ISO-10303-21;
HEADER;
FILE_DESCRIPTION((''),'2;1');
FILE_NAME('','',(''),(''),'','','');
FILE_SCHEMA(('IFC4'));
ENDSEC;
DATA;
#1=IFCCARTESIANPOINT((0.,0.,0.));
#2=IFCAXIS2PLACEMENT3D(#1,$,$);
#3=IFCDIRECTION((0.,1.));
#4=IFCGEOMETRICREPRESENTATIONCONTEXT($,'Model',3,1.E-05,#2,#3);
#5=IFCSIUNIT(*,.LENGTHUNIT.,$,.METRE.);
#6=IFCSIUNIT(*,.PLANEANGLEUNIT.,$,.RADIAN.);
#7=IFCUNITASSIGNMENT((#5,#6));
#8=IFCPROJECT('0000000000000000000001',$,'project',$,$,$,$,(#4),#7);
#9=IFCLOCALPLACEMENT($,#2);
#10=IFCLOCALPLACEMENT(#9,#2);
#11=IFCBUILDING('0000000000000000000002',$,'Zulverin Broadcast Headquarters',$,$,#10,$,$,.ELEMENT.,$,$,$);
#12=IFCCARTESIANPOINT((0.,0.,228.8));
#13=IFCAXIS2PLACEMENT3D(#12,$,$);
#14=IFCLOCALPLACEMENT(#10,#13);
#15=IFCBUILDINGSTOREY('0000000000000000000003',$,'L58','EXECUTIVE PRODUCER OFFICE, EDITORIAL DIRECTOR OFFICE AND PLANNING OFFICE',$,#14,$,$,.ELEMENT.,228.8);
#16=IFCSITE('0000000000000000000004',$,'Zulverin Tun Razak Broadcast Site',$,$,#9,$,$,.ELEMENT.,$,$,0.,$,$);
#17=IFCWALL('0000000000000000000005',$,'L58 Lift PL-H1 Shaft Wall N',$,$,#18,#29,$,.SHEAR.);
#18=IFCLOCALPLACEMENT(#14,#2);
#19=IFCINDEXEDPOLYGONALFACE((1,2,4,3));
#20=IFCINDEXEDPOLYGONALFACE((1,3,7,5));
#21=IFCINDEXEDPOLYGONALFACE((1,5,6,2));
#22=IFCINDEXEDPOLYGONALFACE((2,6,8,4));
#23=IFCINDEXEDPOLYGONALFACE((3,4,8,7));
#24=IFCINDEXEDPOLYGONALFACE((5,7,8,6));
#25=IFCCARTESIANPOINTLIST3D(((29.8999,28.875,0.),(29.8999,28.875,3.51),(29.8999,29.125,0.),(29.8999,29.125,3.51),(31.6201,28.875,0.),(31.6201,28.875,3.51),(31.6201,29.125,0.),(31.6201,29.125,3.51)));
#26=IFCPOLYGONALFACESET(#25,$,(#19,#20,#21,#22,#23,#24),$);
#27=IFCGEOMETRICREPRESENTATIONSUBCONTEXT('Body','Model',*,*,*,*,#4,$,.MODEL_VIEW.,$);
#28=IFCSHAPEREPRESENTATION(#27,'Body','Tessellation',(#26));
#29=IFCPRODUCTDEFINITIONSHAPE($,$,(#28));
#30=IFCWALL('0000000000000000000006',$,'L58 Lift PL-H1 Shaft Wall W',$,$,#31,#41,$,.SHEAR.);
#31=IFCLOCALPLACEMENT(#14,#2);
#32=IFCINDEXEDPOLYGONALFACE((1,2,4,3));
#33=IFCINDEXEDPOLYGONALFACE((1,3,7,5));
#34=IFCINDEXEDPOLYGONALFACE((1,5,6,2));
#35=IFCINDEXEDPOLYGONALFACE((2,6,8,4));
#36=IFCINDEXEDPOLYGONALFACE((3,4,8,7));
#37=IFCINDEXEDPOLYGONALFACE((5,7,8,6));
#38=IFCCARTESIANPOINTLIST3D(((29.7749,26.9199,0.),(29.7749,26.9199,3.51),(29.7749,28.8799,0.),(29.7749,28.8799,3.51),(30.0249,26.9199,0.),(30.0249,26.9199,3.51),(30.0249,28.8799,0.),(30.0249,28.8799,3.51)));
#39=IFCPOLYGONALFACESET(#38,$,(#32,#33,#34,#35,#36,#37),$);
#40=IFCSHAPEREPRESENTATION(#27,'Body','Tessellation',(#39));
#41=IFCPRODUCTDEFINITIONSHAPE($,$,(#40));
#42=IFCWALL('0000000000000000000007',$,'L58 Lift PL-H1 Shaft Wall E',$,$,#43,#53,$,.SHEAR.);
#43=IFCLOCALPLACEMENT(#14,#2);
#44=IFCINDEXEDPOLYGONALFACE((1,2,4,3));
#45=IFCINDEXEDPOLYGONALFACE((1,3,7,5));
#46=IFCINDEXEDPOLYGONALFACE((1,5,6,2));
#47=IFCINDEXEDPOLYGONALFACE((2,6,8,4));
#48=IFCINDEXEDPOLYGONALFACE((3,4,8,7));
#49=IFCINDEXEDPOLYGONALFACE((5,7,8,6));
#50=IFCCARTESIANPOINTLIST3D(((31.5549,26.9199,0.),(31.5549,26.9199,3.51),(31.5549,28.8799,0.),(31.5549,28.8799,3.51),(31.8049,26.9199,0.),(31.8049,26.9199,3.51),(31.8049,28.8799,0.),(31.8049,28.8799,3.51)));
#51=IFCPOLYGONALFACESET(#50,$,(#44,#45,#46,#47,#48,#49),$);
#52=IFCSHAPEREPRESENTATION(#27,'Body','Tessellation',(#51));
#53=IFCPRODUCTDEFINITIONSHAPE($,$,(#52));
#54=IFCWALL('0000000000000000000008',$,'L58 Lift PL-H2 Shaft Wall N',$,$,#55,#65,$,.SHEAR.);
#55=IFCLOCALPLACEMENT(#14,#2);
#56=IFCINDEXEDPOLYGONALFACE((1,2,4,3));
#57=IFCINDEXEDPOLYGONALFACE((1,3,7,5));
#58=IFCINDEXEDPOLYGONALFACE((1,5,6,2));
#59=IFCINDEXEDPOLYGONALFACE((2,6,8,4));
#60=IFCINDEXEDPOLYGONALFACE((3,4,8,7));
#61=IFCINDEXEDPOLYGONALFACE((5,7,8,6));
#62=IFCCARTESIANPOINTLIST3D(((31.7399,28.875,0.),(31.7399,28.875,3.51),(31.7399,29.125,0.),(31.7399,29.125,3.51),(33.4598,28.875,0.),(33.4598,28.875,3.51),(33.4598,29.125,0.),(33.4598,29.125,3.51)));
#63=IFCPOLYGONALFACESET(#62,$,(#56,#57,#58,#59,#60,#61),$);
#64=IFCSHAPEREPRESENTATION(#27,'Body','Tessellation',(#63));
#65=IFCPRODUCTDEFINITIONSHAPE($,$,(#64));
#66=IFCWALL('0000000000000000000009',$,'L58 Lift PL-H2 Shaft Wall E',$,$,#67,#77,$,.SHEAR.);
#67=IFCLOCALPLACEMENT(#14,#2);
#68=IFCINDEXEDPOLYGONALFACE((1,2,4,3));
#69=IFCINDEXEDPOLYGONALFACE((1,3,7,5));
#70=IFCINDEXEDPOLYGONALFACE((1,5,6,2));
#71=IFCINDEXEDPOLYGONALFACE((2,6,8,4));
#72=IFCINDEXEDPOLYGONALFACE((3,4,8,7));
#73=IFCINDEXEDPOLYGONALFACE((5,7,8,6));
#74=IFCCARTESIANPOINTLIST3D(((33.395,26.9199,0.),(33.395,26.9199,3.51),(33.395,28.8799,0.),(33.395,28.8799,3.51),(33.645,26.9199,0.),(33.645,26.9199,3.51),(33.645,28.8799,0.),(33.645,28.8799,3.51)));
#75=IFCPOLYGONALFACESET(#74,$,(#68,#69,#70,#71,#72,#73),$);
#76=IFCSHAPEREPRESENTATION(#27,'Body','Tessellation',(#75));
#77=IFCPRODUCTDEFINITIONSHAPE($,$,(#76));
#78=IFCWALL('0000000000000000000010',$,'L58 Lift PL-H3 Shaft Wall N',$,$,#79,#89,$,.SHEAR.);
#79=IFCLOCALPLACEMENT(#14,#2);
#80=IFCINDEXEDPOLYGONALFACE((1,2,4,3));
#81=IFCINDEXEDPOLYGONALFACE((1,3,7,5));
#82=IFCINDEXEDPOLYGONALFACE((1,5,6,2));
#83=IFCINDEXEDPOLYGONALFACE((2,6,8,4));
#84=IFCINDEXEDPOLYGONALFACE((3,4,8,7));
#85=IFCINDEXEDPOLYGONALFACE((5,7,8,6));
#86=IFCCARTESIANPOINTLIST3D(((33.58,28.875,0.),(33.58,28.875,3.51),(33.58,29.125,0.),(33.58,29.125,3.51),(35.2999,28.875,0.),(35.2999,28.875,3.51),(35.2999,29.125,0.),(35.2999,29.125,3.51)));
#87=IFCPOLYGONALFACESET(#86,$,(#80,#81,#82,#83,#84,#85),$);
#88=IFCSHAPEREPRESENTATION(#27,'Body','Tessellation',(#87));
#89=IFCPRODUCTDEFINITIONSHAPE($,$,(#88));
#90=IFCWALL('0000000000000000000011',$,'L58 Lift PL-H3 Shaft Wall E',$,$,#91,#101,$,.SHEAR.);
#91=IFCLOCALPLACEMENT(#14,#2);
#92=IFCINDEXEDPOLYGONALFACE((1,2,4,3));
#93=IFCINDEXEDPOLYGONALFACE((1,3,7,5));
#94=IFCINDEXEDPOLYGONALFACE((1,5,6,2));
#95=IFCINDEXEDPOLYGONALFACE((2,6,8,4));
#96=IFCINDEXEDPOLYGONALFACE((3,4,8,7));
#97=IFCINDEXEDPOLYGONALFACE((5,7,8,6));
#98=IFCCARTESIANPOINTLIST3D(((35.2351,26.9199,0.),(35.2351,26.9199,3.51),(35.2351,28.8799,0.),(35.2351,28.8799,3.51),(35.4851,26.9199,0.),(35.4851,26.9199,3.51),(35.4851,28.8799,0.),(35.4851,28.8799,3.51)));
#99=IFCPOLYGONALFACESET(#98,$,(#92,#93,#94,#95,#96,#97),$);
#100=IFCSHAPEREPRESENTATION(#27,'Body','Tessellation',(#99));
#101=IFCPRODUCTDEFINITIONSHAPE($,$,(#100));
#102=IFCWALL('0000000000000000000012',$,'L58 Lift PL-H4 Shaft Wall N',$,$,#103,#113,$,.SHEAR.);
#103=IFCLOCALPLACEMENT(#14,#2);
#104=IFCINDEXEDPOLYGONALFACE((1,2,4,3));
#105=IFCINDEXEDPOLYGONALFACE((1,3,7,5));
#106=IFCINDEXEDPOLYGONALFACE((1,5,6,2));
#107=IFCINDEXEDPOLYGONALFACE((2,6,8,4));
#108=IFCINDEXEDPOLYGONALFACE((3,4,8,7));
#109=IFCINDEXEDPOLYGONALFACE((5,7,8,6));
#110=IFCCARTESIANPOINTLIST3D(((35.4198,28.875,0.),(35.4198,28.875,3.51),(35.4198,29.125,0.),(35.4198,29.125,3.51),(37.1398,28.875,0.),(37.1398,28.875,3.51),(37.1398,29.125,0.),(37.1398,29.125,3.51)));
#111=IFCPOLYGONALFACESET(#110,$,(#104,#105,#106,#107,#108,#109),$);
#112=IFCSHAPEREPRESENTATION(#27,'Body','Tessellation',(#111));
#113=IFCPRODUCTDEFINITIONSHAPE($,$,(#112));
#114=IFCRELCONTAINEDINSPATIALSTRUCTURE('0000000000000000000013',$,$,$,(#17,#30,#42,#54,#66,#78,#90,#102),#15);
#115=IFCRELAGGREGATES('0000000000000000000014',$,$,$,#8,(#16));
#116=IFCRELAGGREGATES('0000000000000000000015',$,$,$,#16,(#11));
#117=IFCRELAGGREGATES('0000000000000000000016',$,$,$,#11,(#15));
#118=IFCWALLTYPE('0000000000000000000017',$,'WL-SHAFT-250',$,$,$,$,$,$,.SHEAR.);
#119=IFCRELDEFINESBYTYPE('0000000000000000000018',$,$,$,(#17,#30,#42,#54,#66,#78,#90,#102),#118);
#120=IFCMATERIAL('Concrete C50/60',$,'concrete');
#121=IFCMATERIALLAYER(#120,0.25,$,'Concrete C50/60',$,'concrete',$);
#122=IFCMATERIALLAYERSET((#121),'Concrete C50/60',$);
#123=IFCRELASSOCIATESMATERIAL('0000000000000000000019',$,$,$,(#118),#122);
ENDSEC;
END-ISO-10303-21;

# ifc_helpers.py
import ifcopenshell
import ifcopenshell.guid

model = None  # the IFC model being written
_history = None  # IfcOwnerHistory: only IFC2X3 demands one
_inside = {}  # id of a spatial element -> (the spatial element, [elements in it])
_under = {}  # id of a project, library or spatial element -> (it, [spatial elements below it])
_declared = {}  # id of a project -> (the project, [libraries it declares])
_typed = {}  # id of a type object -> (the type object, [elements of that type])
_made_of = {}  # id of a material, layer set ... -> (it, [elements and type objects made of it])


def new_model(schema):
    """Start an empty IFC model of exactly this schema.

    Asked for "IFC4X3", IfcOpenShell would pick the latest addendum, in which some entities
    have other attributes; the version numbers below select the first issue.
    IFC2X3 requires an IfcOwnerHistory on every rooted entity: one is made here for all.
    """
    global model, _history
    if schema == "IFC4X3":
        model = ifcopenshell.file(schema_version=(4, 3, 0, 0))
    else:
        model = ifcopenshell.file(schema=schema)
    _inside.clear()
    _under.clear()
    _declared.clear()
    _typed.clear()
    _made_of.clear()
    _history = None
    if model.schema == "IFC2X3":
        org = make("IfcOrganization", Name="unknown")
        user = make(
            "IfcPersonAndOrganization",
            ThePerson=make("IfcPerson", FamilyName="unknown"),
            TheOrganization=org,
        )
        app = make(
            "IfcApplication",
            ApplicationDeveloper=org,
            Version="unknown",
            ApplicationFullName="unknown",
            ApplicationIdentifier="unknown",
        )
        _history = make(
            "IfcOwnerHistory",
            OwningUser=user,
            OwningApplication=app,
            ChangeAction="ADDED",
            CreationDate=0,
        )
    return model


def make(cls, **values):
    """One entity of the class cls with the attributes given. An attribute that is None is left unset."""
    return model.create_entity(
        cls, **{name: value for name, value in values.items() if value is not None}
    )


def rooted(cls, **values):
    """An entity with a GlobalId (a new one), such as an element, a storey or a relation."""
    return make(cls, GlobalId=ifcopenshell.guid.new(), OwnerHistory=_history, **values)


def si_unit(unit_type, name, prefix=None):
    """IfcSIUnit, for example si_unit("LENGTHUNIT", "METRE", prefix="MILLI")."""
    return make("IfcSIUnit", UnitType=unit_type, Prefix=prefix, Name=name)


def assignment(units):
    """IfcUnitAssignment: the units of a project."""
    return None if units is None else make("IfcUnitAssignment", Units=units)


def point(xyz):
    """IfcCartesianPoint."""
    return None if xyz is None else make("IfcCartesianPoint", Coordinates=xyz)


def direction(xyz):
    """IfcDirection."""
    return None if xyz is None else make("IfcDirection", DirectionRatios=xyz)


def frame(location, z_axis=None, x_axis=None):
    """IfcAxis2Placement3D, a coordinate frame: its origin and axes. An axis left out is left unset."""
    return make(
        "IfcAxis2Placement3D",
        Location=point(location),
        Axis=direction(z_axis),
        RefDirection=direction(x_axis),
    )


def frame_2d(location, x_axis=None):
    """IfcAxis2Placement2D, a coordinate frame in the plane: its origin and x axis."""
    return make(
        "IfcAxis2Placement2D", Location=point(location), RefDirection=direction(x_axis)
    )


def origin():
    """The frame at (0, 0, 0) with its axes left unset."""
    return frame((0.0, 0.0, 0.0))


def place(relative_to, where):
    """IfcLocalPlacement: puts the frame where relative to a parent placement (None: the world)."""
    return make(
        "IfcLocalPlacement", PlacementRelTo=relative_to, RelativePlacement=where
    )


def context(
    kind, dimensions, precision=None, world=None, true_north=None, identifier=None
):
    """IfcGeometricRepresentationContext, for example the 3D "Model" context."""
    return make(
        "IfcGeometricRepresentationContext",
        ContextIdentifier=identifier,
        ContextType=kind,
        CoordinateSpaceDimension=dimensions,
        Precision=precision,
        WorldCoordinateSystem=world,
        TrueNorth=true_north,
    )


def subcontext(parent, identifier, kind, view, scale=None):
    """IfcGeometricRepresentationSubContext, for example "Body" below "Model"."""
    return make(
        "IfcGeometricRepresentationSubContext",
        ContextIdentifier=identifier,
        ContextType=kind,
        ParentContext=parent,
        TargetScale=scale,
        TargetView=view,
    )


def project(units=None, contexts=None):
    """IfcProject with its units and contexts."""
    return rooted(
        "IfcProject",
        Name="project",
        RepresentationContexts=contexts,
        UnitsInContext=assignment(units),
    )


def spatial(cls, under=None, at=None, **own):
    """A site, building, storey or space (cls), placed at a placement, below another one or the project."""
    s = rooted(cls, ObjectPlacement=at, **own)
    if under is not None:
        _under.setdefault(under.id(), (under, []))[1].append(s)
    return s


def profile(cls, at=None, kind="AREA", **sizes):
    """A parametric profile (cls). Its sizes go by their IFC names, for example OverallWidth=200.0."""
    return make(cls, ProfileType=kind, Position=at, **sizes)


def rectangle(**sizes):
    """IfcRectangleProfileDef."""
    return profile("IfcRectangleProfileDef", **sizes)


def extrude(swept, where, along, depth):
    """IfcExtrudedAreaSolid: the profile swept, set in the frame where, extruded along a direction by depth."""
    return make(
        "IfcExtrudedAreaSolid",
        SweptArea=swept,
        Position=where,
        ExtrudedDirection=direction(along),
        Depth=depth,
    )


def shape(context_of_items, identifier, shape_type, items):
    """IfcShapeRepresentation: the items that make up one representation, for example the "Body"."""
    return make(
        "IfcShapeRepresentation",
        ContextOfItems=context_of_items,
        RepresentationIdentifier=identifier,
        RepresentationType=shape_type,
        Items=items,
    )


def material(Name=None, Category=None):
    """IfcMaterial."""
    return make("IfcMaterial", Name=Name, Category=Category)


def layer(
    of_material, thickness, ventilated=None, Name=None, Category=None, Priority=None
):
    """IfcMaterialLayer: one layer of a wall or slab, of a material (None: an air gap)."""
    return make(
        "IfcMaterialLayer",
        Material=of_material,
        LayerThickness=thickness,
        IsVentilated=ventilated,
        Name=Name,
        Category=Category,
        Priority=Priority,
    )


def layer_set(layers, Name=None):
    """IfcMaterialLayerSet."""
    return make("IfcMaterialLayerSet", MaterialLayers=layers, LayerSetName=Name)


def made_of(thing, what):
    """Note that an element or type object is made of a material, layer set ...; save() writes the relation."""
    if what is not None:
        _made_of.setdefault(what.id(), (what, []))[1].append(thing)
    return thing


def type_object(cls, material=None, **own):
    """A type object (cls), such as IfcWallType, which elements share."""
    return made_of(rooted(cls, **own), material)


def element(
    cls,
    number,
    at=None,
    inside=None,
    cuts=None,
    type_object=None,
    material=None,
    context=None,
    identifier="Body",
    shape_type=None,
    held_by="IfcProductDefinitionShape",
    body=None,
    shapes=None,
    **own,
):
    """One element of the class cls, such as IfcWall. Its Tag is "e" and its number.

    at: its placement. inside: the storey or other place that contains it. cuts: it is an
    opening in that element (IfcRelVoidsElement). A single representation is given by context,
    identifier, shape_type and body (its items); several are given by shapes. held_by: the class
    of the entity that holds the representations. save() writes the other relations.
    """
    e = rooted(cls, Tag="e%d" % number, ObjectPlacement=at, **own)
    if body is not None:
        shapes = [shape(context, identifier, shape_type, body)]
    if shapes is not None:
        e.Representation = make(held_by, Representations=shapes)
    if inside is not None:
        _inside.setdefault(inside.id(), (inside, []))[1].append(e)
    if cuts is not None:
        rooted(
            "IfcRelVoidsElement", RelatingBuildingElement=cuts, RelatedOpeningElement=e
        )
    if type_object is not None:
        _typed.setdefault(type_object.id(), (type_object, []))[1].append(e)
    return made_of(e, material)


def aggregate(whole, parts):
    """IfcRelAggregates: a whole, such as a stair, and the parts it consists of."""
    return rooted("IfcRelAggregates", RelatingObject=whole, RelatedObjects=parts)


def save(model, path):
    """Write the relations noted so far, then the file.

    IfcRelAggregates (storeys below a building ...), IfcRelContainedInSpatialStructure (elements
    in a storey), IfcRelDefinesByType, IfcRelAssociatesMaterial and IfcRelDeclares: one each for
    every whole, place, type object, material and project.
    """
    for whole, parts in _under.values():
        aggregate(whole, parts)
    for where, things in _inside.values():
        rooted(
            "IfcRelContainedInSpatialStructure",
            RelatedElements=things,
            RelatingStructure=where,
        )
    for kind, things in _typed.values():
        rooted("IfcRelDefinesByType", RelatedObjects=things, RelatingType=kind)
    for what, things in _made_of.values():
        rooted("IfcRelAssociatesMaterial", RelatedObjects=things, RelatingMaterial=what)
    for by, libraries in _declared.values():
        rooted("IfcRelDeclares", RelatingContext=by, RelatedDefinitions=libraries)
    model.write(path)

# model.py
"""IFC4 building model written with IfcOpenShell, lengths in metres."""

from ifc_helpers import new_model, si_unit, direction, frame, frame_2d, origin, place, context, subcontext, project, spatial, rectangle, extrude, material, layer, layer_set, type_object, element, save


model = new_model("IFC4")

# Units and contexts
model_context = context("Model", 3, precision=1e-05, world=origin(), true_north=direction((0.0, 1.0)))
body_context = subcontext(model_context, "Body", "Model", "MODEL_VIEW")
ifc_project = project(units=[si_unit("LENGTHUNIT", "METRE"), si_unit("PLANEANGLEUNIT", "RADIAN")], contexts=[model_context])

# Site, building, storey
site_placement = place(None, origin())
site = spatial("IfcSite", under=ifc_project, at=site_placement, Name="Zulverin Tun Razak Broadcast Site", CompositionType="ELEMENT", RefElevation=0.0)
building_placement = place(site_placement, origin())
building = spatial("IfcBuilding", under=site, at=building_placement, Name="Zulverin Broadcast Headquarters", CompositionType="ELEMENT")
storey_placement = place(building_placement, frame((0.0, 0.0, 228.8)))
storey = spatial("IfcBuildingStorey", under=building, at=storey_placement, Name="L58", Description="EXECUTIVE PRODUCER OFFICE, EDITORIAL DIRECTOR OFFICE AND PLANNING OFFICE", CompositionType="ELEMENT", Elevation=228.8)

# Shared definitions
ifc_material_1 = material(Name="Concrete C50/60", Category="concrete")
ifc_layer_1 = layer(ifc_material_1, 0.25, Name="Concrete C50/60", Category="concrete")
ifc_layer_set_1 = layer_set([ifc_layer_1], Name="Concrete C50/60")
wall_type_1 = type_object("IfcWallType", Name="WL-SHAFT-250", PredefinedType="SHEAR", material=ifc_layer_set_1)

# Walls
wall_1_placement = place(storey_placement, frame((29.8999, 29.0, 0.0), z_axis=(0.0, 0.0, 1.0), x_axis=(1.0, 0.0, 0.0)))
element("IfcWall", 1, at=wall_1_placement, inside=storey, type_object=wall_type_1, Name="L58 Lift PL-H1 Shaft Wall N", PredefinedType="SHEAR", context=body_context, shape_type="SweptSolid", body=[
    extrude(rectangle(XDim=1.7202, YDim=0.25, at=frame_2d((0.8601, 0.0))), origin(), (0.0, 0.0, 1.0), 3.51),
])
for number, where, z_axis, x_axis, name in (
    (2, (29.8999, 26.9199, 0.0), (0.0, 0.0, 1.0), (0.0, 1.0, 0.0), "L58 Lift PL-H1 Shaft Wall W"),
    (3, (31.6799, 26.9199, 0.0), (0.0, 0.0, 1.0), (0.0, 1.0, 0.0), "L58 Lift PL-H1 Shaft Wall E"),
):
    element("IfcWall", number, at=place(storey_placement, frame(where, z_axis=z_axis, x_axis=x_axis)), inside=storey, type_object=wall_type_1, Name=name, PredefinedType="SHEAR", context=body_context, shape_type="SweptSolid", body=[
        extrude(rectangle(XDim=1.96, YDim=0.25, at=frame_2d((0.98, 0.0))), origin(), (0.0, 0.0, 1.0), 3.51),
    ])

# Walls
wall_2_placement = place(storey_placement, frame((31.74, 29.0, 0.0), z_axis=(0.0, 0.0, 1.0), x_axis=(1.0, 0.0, 0.0)))
element("IfcWall", 4, at=wall_2_placement, inside=storey, type_object=wall_type_1, Name="L58 Lift PL-H2 Shaft Wall N", PredefinedType="SHEAR", context=body_context, shape_type="SweptSolid", body=[
    extrude(rectangle(XDim=1.72, YDim=0.25, at=frame_2d((0.8599, 0.0))), origin(), (0.0, 0.0, 1.0), 3.51),
])
wall_3_placement = place(storey_placement, frame((33.52, 26.9199, 0.0), z_axis=(0.0, 0.0, 1.0), x_axis=(0.0, 1.0, 0.0)))
element("IfcWall", 5, at=wall_3_placement, inside=storey, type_object=wall_type_1, Name="L58 Lift PL-H2 Shaft Wall E", PredefinedType="SHEAR", context=body_context, shape_type="SweptSolid", body=[
    extrude(rectangle(XDim=1.96, YDim=0.25, at=frame_2d((0.98, 0.0))), origin(), (0.0, 0.0, 1.0), 3.51),
])

# Walls
wall_4_placement = place(storey_placement, frame((33.5801, 29.0, 0.0), z_axis=(0.0, 0.0, 1.0), x_axis=(1.0, 0.0, 0.0)))
element("IfcWall", 6, at=wall_4_placement, inside=storey, type_object=wall_type_1, Name="L58 Lift PL-H3 Shaft Wall N", PredefinedType="SHEAR", context=body_context, shape_type="SweptSolid", body=[
    extrude(rectangle(XDim=1.72, YDim=0.25, at=frame_2d((0.8599, 0.0))), origin(), (0.0, 0.0, 1.0), 3.51),
])
wall_5_placement = place(storey_placement, frame((35.3601, 26.9199, 0.0), z_axis=(0.0, 0.0, 1.0), x_axis=(0.0, 1.0, 0.0)))
element("IfcWall", 7, at=wall_5_placement, inside=storey, type_object=wall_type_1, Name="L58 Lift PL-H3 Shaft Wall E", PredefinedType="SHEAR", context=body_context, shape_type="SweptSolid", body=[
    extrude(rectangle(XDim=1.96, YDim=0.25, at=frame_2d((0.98, 0.0))), origin(), (0.0, 0.0, 1.0), 3.51),
])

# Wall
wall_6_placement = place(storey_placement, frame((35.4199, 29.0, 0.0), z_axis=(0.0, 0.0, 1.0), x_axis=(1.0, 0.0, 0.0)))
element("IfcWall", 8, at=wall_6_placement, inside=storey, type_object=wall_type_1, Name="L58 Lift PL-H4 Shaft Wall N", PredefinedType="SHEAR", context=body_context, shape_type="SweptSolid", body=[
    extrude(rectangle(XDim=1.72, YDim=0.25, at=frame_2d((0.8599, 0.0))), origin(), (0.0, 0.0, 1.0), 3.51),
])

save(model, "model.ifc")
